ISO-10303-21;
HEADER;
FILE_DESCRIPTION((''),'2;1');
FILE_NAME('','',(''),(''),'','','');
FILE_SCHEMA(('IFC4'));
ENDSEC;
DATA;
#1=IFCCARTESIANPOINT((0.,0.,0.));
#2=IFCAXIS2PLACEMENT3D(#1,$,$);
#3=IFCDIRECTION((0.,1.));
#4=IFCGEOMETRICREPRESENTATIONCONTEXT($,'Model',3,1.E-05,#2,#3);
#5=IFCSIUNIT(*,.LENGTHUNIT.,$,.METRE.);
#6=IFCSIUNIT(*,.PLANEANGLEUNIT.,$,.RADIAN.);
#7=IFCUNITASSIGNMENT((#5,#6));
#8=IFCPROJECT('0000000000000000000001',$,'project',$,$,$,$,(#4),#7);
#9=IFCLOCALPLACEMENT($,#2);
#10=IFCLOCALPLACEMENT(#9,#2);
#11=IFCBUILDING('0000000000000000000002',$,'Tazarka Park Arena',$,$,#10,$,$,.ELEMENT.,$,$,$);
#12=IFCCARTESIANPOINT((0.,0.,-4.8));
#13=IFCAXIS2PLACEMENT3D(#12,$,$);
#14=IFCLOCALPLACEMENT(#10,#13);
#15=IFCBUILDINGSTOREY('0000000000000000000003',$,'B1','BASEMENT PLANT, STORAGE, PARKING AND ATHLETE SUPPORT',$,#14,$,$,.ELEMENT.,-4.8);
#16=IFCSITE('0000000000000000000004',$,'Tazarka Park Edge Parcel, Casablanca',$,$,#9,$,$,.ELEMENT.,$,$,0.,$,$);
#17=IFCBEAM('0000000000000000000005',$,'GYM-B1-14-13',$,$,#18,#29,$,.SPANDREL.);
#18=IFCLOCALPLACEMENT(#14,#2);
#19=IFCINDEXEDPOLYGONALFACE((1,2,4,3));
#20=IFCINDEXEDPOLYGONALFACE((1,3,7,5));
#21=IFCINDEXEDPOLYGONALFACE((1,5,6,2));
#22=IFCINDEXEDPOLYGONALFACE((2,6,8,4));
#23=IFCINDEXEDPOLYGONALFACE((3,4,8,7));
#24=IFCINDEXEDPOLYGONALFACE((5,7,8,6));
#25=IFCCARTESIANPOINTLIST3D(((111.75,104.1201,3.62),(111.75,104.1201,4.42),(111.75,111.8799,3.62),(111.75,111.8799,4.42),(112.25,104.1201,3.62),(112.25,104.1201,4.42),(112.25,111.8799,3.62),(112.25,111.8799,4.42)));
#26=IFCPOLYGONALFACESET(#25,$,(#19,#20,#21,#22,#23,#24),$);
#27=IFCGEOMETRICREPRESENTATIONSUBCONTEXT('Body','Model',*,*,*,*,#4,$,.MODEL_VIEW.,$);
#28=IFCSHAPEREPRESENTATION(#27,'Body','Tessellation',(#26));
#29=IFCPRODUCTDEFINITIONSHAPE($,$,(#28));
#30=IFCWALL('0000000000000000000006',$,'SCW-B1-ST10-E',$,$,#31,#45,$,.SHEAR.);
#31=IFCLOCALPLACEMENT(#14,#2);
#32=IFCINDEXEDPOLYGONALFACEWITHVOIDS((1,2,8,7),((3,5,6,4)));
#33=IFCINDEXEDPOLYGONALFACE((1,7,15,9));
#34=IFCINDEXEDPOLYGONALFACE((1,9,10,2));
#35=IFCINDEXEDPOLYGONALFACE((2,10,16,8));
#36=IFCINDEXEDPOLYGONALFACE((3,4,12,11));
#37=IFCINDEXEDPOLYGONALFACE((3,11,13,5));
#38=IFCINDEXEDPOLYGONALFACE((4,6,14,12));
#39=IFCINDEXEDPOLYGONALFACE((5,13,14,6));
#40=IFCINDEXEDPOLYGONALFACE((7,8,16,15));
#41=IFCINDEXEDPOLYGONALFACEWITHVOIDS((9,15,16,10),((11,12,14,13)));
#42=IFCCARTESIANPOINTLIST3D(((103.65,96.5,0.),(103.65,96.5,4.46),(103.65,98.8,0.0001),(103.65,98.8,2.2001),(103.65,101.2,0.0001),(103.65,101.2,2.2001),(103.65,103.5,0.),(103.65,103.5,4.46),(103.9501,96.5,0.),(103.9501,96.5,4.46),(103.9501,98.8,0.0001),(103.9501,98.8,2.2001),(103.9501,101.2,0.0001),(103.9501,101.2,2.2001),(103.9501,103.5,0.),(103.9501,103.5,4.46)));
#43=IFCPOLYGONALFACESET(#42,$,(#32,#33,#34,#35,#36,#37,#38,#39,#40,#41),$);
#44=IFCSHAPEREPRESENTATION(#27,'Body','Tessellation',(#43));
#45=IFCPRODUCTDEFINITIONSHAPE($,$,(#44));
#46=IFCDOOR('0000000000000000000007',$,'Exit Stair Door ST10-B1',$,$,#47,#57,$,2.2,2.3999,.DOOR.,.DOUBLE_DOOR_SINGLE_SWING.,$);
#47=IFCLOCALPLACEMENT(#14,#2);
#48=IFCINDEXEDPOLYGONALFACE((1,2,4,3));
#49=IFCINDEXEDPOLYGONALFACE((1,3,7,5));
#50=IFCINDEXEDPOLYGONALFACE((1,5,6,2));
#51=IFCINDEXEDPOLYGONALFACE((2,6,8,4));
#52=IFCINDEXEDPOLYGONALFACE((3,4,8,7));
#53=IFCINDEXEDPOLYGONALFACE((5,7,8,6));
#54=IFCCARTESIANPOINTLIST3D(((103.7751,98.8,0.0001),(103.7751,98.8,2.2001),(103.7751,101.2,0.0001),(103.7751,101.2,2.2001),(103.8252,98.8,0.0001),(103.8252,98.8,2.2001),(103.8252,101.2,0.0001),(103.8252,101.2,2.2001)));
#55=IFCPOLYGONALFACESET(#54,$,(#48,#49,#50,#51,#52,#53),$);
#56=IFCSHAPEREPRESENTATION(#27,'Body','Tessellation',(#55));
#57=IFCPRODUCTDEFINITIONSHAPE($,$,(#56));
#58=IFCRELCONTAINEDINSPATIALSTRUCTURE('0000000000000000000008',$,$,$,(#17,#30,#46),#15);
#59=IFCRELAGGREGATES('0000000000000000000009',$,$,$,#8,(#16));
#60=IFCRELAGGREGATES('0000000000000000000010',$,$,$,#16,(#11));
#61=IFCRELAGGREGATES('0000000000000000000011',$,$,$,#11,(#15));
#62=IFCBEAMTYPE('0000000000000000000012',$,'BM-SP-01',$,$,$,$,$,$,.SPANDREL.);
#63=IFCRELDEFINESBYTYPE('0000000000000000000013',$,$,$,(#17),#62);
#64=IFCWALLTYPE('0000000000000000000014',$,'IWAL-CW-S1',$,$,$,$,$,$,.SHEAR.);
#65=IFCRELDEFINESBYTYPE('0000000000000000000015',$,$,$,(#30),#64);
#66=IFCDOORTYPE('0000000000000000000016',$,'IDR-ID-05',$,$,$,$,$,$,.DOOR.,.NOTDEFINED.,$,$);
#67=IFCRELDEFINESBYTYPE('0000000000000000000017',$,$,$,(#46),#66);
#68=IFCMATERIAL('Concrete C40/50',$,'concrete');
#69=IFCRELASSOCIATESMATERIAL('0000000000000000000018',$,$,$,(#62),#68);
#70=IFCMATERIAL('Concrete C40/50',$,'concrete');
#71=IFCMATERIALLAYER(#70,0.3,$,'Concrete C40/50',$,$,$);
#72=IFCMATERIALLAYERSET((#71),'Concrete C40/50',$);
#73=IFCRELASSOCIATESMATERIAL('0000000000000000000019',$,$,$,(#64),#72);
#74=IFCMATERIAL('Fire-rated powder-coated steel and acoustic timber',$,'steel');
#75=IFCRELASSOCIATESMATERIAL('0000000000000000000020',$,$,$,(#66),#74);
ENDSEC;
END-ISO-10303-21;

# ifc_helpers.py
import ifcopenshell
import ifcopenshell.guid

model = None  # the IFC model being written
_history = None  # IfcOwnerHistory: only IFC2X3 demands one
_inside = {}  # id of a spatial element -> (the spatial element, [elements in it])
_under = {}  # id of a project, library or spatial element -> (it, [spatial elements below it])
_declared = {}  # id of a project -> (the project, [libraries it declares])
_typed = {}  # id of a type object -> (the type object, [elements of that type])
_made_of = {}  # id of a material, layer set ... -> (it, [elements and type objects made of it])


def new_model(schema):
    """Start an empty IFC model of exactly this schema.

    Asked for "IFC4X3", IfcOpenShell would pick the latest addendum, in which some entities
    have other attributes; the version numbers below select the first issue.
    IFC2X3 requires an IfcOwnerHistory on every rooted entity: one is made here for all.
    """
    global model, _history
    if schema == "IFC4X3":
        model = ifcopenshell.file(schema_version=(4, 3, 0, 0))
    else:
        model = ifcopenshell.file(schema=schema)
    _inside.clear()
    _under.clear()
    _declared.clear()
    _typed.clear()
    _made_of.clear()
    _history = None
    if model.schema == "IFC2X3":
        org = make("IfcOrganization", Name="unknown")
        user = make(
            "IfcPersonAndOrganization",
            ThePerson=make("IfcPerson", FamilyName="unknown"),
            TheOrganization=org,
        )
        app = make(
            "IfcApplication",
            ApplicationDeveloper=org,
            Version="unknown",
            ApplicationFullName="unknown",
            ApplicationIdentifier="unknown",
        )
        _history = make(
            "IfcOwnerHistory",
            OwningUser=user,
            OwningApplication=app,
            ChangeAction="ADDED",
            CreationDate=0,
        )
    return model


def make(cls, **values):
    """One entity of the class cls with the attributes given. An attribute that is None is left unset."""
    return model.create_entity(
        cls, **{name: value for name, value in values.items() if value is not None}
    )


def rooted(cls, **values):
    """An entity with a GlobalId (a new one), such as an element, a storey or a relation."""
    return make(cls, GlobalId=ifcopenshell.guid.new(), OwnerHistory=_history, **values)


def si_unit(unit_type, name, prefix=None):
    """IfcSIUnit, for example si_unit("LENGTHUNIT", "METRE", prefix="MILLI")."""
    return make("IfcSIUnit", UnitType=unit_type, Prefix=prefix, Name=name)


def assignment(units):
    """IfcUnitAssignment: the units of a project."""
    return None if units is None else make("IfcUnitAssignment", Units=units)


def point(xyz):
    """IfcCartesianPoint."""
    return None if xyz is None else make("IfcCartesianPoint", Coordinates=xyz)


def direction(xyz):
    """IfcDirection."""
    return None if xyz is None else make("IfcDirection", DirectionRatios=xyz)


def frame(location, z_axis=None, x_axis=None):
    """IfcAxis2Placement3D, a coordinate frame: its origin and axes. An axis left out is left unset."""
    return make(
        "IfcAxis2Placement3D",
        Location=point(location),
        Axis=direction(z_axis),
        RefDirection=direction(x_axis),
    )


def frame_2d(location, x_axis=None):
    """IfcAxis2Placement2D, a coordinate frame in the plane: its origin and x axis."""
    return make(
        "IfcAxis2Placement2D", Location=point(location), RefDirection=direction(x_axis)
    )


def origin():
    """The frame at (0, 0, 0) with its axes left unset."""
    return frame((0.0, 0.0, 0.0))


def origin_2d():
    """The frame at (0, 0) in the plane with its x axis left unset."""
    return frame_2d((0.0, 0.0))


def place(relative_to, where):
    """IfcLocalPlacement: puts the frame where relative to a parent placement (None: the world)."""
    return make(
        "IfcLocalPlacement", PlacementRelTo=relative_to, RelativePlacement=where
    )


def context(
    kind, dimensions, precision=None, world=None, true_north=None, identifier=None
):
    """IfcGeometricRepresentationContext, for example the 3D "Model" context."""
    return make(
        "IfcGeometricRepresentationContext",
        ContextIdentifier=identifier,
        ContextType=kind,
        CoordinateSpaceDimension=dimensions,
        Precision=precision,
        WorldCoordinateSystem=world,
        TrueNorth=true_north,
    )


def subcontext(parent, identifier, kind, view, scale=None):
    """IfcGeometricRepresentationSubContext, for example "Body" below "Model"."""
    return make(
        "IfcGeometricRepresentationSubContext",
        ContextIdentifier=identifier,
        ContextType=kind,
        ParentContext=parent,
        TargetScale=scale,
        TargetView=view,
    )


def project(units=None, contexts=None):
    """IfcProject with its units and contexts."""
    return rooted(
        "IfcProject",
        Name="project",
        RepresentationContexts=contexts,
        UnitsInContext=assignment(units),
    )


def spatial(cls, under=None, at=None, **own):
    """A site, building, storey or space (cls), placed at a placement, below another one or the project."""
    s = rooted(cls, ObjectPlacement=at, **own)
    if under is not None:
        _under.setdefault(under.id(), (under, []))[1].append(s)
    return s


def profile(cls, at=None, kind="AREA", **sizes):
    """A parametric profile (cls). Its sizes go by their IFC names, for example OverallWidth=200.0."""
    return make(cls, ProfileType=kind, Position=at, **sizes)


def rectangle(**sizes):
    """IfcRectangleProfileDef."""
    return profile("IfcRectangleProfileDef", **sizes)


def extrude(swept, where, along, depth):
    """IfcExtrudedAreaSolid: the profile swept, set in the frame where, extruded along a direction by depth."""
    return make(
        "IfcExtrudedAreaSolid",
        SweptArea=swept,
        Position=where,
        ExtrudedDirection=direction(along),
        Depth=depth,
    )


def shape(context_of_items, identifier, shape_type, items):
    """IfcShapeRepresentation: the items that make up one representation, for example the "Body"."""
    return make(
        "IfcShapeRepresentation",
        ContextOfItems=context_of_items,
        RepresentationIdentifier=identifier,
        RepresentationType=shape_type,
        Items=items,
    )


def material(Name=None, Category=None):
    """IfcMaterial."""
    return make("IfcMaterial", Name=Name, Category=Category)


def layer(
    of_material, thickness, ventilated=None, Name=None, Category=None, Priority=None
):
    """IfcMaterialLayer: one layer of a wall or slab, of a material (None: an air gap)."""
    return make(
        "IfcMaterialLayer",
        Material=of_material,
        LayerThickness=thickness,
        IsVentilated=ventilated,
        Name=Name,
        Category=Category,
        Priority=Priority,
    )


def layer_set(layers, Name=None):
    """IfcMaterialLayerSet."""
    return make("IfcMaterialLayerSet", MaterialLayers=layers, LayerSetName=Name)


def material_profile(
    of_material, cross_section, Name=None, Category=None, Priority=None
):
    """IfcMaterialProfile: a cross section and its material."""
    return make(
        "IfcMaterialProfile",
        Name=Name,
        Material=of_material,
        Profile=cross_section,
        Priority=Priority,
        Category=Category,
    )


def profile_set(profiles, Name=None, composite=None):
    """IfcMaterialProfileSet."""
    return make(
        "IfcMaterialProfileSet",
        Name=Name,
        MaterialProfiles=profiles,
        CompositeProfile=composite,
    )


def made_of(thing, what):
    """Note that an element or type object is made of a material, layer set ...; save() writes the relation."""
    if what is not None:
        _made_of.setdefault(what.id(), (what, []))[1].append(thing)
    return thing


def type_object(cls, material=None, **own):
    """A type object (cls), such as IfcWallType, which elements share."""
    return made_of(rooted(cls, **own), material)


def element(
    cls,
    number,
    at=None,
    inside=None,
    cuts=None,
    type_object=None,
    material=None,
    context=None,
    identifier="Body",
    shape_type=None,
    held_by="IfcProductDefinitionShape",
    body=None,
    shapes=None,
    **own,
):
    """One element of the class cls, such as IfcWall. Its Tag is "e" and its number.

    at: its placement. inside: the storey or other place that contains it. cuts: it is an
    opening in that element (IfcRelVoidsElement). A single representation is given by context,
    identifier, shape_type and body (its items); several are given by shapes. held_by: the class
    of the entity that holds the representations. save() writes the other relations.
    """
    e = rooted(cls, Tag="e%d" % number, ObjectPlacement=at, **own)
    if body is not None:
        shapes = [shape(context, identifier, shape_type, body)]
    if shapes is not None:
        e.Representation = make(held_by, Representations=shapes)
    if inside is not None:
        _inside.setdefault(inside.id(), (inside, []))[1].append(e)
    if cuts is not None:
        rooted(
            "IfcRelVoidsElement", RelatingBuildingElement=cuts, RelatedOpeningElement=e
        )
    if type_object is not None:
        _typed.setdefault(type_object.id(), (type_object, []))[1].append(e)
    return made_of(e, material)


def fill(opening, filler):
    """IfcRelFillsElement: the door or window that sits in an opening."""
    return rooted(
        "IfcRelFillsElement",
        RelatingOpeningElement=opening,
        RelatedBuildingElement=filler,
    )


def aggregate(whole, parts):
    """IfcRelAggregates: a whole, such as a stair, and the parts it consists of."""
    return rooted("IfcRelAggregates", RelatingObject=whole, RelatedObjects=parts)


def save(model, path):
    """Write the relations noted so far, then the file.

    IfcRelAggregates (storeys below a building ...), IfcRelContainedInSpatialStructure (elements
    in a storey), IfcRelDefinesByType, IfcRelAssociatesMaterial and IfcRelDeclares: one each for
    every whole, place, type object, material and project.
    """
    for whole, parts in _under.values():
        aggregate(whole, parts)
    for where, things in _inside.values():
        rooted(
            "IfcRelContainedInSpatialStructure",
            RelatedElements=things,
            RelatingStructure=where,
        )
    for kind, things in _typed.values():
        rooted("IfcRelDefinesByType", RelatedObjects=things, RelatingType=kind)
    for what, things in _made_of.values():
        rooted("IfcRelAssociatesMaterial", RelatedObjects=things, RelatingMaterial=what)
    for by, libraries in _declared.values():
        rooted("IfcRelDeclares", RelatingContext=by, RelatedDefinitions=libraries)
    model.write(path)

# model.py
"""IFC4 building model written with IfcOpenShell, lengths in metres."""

from ifc_helpers import new_model, si_unit, direction, frame, frame_2d, origin, origin_2d, place, context, subcontext, project, spatial, rectangle, extrude, material, layer, layer_set, material_profile, profile_set, type_object, element, fill, save


model = new_model("IFC4")

# Units and contexts
model_context = context("Model", 3, precision=1e-05, world=origin(), true_north=direction((0.0, 1.0)))
body_context = subcontext(model_context, "Body", "Model", "MODEL_VIEW")
ifc_project = project(units=[si_unit("LENGTHUNIT", "METRE"), si_unit("PLANEANGLEUNIT", "RADIAN")], contexts=[model_context])

# Site, building, storey
site_placement = place(None, origin())
site = spatial("IfcSite", under=ifc_project, at=site_placement, Name="Tazarka Park Edge Parcel, Casablanca", CompositionType="ELEMENT", RefElevation=0.0)
building_placement = place(site_placement, origin())
building = spatial("IfcBuilding", under=site, at=building_placement, Name="Tazarka Park Arena", CompositionType="ELEMENT")
storey_placement = place(building_placement, frame((0.0, 0.0, -4.8)))
storey = spatial("IfcBuildingStorey", under=building, at=storey_placement, Name="B1", Description="BASEMENT PLANT, STORAGE, PARKING AND ATHLETE SUPPORT", CompositionType="ELEMENT", Elevation=-4.8)

# Beam
ifc_material_1 = material(Name="Concrete C40/50", Category="concrete")
ifc_material_profile_1 = material_profile(ifc_material_1, rectangle(XDim=0.5, YDim=0.8, at=origin_2d()), Name="Concrete C40/50")
ifc_profile_set_1 = profile_set([ifc_material_profile_1], Name="Concrete C40/50")
beam_type_1 = type_object("IfcBeamType", Name="BM-SP-01", PredefinedType="SPANDREL", material=ifc_profile_set_1)
beam_1_placement = place(storey_placement, frame((112.0, 104.1201, 4.02), z_axis=(0.0, 1.0, 0.0), x_axis=(-1.0, 0.0, 0.0)))
element("IfcBeam", 1, at=beam_1_placement, inside=storey, type_object=beam_type_1, Name="GYM-B1-14-13", PredefinedType="SPANDREL", context=body_context, shape_type="SweptSolid", body=[
    extrude(rectangle(XDim=0.5, YDim=0.8, at=origin_2d()), origin(), (0.0, 0.0, 1.0), 7.7598),
])

# Wall, opening, door
ifc_material_2 = material(Name="Concrete C40/50", Category="concrete")
ifc_layer = layer(ifc_material_2, 0.3, Name="Concrete C40/50")
ifc_layer_set = layer_set([ifc_layer], Name="Concrete C40/50")
wall_type = type_object("IfcWallType", Name="IWAL-CW-S1", PredefinedType="SHEAR", material=ifc_layer_set)
wall_placement = place(storey_placement, frame((103.8, 103.5, 0.0), z_axis=(0.0, 0.0, 1.0), x_axis=(0.0, -1.0, 0.0)))
wall = element("IfcWall", 2, at=wall_placement, inside=storey, type_object=wall_type, Name="SCW-B1-ST10-E", PredefinedType="SHEAR", context=body_context, shape_type="SweptSolid", body=[
    extrude(rectangle(XDim=7.0, YDim=0.3, at=frame_2d((3.5, 0.0))), origin(), (0.0, 0.0, 1.0), 4.46),
])
opening_placement = place(wall_placement, frame((2.3, 0.0, 0.0)))
opening = element("IfcOpeningElement", 3, at=opening_placement, cuts=wall, PredefinedType="OPENING", context=body_context, shape_type="SweptSolid", body=[
    extrude(rectangle(XDim=2.3999, YDim=2.2, at=frame_2d((1.2, 1.1001))), frame((0.0, 0.1602, 0.0), z_axis=(0.0, -1.0, 0.0), x_axis=(1.0, 0.0, 0.0)), (0.0, 0.0, 1.0), 0.3201),
])
ifc_material_3 = material(Name="Fire-rated powder-coated steel and acoustic timber", Category="steel")
door_type = type_object("IfcDoorType", Name="IDR-ID-05", OperationType="NOTDEFINED", PredefinedType="DOOR", material=ifc_material_3)
door_placement = place(opening_placement, frame((2.3999, 0.0, 0.0), z_axis=(0.0, 0.0, 1.0), x_axis=(-1.0, 0.0, 0.0)))
door = element("IfcDoor", 4, at=door_placement, inside=storey, type_object=door_type, Name="Exit Stair Door ST10-B1", OperationType="DOUBLE_DOOR_SINGLE_SWING", OverallHeight=2.2, OverallWidth=2.3999, PredefinedType="DOOR", context=body_context, shape_type="SweptSolid", body=[
    extrude(rectangle(XDim=2.3999, YDim=2.2, at=frame_2d((1.2, 1.1001))), frame((0.0, 0.0249, 0.0), z_axis=(0.0, -1.0, 0.0), x_axis=(1.0, 0.0, 0.0)), (0.0, 0.0, 1.0), 0.05),
])
fill(opening, door)

save(model, "model.ifc")
